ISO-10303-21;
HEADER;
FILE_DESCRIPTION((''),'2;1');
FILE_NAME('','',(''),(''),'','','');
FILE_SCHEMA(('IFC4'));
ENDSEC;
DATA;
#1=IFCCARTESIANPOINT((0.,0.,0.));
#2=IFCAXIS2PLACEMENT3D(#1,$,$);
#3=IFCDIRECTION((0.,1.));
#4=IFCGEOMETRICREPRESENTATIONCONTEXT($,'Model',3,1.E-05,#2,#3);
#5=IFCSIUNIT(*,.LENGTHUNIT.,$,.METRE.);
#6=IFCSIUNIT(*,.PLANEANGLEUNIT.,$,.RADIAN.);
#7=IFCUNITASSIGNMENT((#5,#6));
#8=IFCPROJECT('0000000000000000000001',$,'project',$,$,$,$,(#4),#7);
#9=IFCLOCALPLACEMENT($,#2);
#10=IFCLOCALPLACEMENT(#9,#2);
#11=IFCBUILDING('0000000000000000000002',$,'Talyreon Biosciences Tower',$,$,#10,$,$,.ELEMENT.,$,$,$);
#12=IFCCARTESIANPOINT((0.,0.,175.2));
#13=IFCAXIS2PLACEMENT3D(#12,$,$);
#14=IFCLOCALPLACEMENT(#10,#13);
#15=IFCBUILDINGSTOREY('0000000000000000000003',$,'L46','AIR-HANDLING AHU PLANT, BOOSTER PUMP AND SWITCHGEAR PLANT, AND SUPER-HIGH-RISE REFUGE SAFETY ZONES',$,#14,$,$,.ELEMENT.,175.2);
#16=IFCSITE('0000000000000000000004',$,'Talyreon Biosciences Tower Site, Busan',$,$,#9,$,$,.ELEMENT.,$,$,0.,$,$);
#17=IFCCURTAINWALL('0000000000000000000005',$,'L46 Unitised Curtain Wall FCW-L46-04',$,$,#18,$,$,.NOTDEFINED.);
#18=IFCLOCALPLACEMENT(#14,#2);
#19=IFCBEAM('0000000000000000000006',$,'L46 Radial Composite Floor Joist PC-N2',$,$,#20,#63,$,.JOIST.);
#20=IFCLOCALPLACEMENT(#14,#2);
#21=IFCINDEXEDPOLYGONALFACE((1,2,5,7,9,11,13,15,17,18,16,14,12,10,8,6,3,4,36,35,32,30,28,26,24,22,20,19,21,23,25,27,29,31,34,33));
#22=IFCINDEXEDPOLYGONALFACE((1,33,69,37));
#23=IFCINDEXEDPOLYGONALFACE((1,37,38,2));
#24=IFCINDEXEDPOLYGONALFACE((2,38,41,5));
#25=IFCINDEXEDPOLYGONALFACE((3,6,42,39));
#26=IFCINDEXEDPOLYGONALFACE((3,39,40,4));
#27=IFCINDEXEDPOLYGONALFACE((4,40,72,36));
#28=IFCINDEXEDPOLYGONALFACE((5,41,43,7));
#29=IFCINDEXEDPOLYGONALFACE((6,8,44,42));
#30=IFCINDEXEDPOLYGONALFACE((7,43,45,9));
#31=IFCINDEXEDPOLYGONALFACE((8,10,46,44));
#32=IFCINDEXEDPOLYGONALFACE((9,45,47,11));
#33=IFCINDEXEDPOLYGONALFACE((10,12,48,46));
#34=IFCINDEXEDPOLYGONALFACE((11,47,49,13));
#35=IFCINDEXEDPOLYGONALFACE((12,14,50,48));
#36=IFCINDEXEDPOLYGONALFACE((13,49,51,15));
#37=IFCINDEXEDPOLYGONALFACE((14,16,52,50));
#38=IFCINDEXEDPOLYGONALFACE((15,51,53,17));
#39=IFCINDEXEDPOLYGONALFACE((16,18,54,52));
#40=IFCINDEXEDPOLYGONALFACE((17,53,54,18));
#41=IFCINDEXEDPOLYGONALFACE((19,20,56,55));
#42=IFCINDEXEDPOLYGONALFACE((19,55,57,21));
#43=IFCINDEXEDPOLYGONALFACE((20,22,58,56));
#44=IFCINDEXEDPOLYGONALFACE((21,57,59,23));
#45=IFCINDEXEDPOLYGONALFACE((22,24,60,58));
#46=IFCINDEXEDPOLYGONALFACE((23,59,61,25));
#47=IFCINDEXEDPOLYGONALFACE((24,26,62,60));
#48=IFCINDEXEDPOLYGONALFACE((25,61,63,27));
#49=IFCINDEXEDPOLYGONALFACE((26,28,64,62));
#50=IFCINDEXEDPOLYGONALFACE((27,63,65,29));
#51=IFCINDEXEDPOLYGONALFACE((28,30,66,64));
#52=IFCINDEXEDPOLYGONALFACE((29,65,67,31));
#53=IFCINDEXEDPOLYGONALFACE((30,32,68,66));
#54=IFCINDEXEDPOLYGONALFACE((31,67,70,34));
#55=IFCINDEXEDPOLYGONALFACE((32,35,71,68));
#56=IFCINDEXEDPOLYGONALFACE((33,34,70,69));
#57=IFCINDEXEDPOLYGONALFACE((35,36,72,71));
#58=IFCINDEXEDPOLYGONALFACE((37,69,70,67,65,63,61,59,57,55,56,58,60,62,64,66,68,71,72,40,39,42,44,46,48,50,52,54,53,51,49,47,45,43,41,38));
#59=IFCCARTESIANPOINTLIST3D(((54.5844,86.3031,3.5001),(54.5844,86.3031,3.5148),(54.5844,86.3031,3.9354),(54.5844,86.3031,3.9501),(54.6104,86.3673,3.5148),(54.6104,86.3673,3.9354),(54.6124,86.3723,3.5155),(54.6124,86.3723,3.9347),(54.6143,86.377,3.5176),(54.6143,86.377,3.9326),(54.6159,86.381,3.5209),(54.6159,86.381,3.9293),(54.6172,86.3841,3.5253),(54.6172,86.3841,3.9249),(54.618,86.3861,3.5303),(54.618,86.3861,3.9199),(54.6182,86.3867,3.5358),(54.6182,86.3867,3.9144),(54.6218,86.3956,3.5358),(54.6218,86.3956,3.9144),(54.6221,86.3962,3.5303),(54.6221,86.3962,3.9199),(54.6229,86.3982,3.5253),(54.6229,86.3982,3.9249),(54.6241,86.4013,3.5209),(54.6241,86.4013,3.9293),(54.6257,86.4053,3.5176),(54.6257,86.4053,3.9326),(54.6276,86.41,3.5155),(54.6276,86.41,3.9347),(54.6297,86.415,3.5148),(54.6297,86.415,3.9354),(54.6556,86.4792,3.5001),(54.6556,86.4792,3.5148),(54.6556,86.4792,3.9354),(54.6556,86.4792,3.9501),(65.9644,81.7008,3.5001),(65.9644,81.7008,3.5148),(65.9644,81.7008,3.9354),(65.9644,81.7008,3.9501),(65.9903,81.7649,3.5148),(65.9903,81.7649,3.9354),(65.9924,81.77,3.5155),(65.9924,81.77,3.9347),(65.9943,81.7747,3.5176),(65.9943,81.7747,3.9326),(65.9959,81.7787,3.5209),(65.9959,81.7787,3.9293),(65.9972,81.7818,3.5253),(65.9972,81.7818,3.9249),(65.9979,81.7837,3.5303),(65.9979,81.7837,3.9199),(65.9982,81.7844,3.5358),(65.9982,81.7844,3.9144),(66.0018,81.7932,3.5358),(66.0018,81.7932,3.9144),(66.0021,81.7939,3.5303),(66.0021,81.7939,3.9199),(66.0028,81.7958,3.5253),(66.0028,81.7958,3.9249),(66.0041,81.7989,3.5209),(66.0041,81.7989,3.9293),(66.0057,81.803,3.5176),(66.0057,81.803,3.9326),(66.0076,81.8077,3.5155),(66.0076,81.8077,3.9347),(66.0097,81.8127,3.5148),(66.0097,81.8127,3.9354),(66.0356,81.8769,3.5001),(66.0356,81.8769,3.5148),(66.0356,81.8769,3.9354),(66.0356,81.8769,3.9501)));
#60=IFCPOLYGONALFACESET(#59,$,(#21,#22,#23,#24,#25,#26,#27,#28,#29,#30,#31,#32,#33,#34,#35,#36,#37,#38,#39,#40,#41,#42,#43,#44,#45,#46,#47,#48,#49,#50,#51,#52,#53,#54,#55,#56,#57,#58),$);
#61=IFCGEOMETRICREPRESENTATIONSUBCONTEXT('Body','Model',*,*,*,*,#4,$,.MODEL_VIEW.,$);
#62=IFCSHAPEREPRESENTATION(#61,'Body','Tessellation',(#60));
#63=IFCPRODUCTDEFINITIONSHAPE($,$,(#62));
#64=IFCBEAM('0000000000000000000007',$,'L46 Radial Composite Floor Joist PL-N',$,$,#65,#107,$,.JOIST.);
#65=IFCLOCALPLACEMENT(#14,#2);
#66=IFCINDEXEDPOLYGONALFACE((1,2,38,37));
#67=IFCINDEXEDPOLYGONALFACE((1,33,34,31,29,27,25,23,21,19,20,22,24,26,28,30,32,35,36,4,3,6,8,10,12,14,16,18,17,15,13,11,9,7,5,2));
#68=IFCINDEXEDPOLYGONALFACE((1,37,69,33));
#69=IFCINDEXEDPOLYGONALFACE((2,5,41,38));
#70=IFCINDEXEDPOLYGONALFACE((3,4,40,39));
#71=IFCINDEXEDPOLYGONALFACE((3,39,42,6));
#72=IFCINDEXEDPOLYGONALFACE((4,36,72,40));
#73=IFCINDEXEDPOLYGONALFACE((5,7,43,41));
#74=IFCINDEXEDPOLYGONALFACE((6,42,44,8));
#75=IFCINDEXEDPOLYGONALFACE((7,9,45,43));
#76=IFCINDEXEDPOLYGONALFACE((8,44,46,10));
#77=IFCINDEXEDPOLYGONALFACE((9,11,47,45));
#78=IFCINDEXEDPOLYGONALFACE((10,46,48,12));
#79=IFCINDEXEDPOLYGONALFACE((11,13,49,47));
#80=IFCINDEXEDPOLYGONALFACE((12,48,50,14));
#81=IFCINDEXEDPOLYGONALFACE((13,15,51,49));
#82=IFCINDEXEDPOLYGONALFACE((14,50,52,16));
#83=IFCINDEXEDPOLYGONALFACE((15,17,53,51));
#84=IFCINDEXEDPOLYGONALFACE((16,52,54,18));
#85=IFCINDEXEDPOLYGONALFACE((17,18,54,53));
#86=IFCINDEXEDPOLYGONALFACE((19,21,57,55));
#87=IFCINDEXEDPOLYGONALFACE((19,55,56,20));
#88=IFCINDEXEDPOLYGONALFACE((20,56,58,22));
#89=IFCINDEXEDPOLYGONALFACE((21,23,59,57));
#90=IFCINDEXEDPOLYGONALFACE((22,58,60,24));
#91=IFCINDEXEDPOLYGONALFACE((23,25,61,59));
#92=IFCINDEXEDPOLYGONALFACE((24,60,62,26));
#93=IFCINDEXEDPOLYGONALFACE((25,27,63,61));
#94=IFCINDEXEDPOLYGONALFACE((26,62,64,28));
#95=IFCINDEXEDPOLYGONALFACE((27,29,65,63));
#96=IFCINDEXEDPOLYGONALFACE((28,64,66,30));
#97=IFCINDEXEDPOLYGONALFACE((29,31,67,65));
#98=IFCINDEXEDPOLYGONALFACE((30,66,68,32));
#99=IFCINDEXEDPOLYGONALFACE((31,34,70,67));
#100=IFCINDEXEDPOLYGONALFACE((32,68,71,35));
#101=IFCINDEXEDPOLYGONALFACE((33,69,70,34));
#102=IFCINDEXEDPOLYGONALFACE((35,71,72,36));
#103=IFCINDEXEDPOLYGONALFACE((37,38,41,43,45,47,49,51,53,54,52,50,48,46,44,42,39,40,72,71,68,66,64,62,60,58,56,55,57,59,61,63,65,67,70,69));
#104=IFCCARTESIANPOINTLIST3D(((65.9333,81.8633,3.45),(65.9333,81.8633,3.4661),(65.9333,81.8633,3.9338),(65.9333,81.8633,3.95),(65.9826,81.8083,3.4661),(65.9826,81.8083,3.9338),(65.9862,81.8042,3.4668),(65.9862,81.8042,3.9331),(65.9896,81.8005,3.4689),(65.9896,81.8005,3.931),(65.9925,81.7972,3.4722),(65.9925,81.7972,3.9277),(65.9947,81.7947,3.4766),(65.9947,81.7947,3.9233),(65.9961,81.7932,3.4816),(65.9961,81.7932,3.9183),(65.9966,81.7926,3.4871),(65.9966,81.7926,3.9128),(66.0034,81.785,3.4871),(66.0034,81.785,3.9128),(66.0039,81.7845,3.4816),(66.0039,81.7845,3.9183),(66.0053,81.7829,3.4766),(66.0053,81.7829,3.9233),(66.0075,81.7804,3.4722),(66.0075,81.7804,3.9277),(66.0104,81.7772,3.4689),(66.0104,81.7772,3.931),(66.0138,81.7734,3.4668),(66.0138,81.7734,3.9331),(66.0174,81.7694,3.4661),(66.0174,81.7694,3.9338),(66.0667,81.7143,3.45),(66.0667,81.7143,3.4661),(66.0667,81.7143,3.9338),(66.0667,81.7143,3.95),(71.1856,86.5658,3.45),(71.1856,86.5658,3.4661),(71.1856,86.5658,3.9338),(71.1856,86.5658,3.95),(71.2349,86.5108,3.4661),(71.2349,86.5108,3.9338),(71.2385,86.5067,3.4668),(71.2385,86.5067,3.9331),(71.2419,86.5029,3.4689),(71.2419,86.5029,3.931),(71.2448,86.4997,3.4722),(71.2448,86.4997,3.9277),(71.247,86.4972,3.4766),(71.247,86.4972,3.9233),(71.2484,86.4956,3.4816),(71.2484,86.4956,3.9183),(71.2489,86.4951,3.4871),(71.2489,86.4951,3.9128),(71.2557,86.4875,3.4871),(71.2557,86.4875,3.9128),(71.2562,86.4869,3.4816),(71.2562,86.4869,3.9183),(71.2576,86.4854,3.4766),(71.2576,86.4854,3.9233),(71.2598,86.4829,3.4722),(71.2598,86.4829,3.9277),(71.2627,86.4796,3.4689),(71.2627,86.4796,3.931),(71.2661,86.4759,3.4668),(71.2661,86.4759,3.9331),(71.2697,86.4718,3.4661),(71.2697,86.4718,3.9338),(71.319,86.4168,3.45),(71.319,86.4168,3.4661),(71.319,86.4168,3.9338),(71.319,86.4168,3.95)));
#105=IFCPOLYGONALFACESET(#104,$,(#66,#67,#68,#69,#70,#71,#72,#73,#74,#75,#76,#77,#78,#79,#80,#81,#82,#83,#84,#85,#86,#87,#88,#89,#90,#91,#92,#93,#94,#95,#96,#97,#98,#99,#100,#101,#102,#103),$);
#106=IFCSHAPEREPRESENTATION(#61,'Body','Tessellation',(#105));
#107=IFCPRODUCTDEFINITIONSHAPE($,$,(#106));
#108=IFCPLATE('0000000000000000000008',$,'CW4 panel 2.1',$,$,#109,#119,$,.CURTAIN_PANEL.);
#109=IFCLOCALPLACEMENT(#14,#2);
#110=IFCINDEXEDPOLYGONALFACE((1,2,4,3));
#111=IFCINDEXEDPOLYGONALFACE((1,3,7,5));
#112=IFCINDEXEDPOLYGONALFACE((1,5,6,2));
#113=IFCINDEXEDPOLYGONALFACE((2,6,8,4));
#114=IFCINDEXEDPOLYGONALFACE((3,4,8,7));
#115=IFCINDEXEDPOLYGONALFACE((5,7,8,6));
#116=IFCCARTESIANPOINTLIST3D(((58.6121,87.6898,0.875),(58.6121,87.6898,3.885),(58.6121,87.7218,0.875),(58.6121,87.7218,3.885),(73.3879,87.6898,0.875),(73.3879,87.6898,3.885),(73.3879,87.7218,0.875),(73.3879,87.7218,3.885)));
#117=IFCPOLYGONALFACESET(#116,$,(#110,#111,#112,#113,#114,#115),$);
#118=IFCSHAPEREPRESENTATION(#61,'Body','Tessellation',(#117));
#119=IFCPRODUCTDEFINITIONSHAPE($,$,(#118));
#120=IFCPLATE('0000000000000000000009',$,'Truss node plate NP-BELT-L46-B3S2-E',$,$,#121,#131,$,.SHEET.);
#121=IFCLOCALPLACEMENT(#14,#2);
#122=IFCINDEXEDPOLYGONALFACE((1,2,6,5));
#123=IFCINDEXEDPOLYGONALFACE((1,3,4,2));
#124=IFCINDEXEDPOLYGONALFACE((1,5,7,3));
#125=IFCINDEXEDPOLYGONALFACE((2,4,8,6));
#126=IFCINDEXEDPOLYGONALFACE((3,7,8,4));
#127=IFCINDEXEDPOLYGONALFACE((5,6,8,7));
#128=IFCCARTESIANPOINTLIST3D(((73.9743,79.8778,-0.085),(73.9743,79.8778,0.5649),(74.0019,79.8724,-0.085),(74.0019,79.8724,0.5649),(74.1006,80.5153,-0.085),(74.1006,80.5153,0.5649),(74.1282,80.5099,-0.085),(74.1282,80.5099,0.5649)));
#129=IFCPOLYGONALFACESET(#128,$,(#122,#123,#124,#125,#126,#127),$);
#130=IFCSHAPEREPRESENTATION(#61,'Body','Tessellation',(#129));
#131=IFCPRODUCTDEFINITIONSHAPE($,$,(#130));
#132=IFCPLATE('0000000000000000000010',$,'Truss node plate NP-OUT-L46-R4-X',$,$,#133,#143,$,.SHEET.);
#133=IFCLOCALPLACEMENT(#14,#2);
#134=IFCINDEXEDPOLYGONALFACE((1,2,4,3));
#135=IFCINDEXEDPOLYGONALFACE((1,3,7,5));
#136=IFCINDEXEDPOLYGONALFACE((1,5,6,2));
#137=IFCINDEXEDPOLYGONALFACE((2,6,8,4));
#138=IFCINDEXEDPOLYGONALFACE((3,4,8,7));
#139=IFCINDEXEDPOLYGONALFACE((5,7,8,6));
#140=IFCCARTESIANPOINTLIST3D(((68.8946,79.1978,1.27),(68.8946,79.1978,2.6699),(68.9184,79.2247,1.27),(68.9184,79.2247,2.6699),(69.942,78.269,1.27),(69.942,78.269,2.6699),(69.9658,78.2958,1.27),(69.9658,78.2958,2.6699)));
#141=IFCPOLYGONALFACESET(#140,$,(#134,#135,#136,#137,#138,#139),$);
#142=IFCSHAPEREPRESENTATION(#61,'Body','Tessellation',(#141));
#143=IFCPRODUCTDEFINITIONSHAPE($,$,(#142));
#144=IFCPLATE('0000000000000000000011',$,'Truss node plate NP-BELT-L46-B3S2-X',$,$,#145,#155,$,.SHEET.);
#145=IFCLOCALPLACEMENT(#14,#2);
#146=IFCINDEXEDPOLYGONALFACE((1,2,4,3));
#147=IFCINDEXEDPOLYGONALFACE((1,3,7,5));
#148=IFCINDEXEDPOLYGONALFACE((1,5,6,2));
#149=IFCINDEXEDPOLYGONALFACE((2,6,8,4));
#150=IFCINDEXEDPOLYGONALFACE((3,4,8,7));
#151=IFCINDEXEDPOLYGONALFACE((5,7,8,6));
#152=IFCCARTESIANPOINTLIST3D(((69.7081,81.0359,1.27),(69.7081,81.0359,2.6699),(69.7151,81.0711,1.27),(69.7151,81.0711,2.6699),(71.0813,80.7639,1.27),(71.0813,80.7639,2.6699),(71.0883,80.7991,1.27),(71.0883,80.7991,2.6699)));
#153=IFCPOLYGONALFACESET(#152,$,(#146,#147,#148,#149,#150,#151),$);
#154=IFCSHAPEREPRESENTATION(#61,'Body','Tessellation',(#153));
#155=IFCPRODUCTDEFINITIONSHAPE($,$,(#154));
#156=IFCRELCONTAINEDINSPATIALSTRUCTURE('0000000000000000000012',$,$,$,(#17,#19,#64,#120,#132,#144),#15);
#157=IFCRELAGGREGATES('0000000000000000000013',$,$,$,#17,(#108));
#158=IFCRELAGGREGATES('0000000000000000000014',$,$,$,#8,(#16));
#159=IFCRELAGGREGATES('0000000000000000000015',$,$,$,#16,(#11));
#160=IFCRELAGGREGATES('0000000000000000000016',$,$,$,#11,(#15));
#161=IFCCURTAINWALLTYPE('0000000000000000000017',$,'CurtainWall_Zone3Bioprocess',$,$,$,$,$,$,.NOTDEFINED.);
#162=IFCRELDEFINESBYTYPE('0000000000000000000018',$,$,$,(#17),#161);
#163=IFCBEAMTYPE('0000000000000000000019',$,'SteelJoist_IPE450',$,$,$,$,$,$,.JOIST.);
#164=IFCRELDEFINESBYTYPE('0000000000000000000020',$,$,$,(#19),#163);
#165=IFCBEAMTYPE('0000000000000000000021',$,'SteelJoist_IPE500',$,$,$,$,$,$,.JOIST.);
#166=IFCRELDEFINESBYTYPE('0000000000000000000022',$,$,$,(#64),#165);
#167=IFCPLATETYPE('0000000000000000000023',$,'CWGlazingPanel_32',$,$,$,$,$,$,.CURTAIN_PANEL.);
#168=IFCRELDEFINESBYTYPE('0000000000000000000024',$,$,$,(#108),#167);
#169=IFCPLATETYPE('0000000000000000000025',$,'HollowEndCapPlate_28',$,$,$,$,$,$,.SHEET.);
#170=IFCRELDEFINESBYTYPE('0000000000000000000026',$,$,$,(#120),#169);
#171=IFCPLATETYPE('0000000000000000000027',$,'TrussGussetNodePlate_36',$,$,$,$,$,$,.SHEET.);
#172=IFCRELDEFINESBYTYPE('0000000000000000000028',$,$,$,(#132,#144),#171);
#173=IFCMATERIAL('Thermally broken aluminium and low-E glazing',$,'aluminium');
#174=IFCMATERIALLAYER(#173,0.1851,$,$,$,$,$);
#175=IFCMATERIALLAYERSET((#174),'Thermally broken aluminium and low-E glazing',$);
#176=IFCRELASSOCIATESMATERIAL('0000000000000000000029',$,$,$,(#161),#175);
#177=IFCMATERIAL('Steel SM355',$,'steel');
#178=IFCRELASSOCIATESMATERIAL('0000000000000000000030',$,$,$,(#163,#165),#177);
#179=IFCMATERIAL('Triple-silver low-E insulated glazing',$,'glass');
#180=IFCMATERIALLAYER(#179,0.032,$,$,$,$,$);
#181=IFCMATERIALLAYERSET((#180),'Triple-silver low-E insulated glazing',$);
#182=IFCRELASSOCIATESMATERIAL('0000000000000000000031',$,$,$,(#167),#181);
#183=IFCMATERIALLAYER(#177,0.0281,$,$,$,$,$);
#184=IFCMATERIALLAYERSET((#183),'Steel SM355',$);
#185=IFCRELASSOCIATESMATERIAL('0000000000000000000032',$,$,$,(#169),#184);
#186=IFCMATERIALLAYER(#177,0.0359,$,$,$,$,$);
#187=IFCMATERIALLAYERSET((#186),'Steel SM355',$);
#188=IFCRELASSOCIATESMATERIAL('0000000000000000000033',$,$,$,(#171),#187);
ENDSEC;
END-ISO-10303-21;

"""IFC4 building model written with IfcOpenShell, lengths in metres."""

from ifc_helpers import new_model, si_unit, direction, frame, origin, origin_2d, place, context, subcontext, project, spatial, rectangle, i_section, extrude, material, layer, layer_set, material_profile, profile_set, type_object, element, aggregate, save


model = new_model("IFC4")

# Units and contexts
model_context = context("Model", 3, precision=1e-05, world=origin(), true_north=direction((0.0, 1.0)))
body_context = subcontext(model_context, "Body", "Model", "MODEL_VIEW")
ifc_project = project(units=[si_unit("LENGTHUNIT", "METRE"), si_unit("PLANEANGLEUNIT", "RADIAN")], contexts=[model_context])

# Site, building, storey
site_placement = place(None, origin())
site = spatial("IfcSite", under=ifc_project, at=site_placement, Name="Talyreon Biosciences Tower Site, Busan", CompositionType="ELEMENT", RefElevation=0.0)
building_placement = place(site_placement, origin())
building = spatial("IfcBuilding", under=site, at=building_placement, Name="Talyreon Biosciences Tower", CompositionType="ELEMENT")
storey_placement = place(building_placement, frame((0.0, 0.0, 175.2)))
storey = spatial("IfcBuildingStorey", under=building, at=storey_placement, Name="L46", Description="AIR-HANDLING AHU PLANT, BOOSTER PUMP AND SWITCHGEAR PLANT, AND SUPER-HIGH-RISE REFUGE SAFETY ZONES", CompositionType="ELEMENT", Elevation=175.2)

# Shared definitions
ifc_material_1 = material(Name="Steel SM355", Category="steel")

# Curtain wall
ifc_material_2 = material(Name="Thermally broken aluminium and low-E glazing", Category="aluminium")
ifc_layer_1 = layer(ifc_material_2, 0.1851)
ifc_layer_set_1 = layer_set([ifc_layer_1], Name="Thermally broken aluminium and low-E glazing")
curtain_wall_type = type_object("IfcCurtainWallType", Name="CurtainWall_Zone3Bioprocess", PredefinedType="NOTDEFINED", material=ifc_layer_set_1)
curtain_wall_placement = place(storey_placement, origin())
curtain_wall = element("IfcCurtainWall", 1, at=curtain_wall_placement, inside=storey, type_object=curtain_wall_type, Name="L46 Unitised Curtain Wall FCW-L46-04", PredefinedType="NOTDEFINED")

# Beams
ifc_material_profile_1 = material_profile(ifc_material_1, i_section(OverallWidth=0.1899, OverallDepth=0.45, WebThickness=0.0095, FlangeThickness=0.0146, FilletRadius=0.021, at=origin_2d()), Name="IPE450")
ifc_profile_set_1 = profile_set([ifc_material_profile_1], Name="Steel SM355")
beam_type_1 = type_object("IfcBeamType", Name="SteelJoist_IPE450", PredefinedType="JOIST", material=ifc_profile_set_1)
for number, where, z_axis, x_axis, name in (
    (2, (66.0, 81.7888, 3.7251), (-0.927056, 0.374923, 0.0), (-0.374923, -0.927056, 0.0), "L46 Radial Composite Floor Joist PC-N2"),
):
    element("IfcBeam", number, at=place(storey_placement, frame(where, z_axis=z_axis, x_axis=x_axis)), inside=storey, type_object=beam_type_1, Name=name, PredefinedType="JOIST", context=body_context, shape_type="SweptSolid", body=[
        extrude(i_section(OverallWidth=0.1899, OverallDepth=0.45, WebThickness=0.0095, FlangeThickness=0.0146, FilletRadius=0.021, at=origin_2d()), origin(), (0.0, 0.0, 1.0), 12.2754),
    ])
ifc_material_profile_2 = material_profile(ifc_material_1, i_section(OverallWidth=0.2, OverallDepth=0.5, WebThickness=0.0103, FlangeThickness=0.0161, FilletRadius=0.021, at=origin_2d()), Name="IPE500")
ifc_profile_set_2 = profile_set([ifc_material_profile_2], Name="Steel SM355")
beam_type_2 = type_object("IfcBeamType", Name="SteelJoist_IPE500", PredefinedType="JOIST", material=ifc_profile_set_2)
beam_1_placement = place(storey_placement, frame((66.0, 81.7888, 3.7), z_axis=(0.745026, 0.667036, 0.0), x_axis=(-0.667036, 0.745026, 0.0)))
element("IfcBeam", 3, at=beam_1_placement, inside=storey, type_object=beam_type_2, Name="L46 Radial Composite Floor Joist PL-N", PredefinedType="JOIST", context=body_context, shape_type="SweptSolid", body=[
    extrude(i_section(OverallWidth=0.2, OverallDepth=0.5, WebThickness=0.0103, FlangeThickness=0.0161, FilletRadius=0.021, at=origin_2d()), origin(), (0.0, 0.0, 1.0), 7.0498),
])

# Plate
ifc_material_3 = material(Name="Triple-silver low-E insulated glazing", Category="glass")
ifc_layer_2 = layer(ifc_material_3, 0.032)
ifc_layer_set_2 = layer_set([ifc_layer_2], Name="Triple-silver low-E insulated glazing")
plate_type_1 = type_object("IfcPlateType", Name="CWGlazingPanel_32", PredefinedType="CURTAIN_PANEL", material=ifc_layer_set_2)
plate_1_placement = place(storey_placement, frame((66.0, 87.7058, 0.875), z_axis=(0.0, 0.0, 1.0), x_axis=(1.0, 0.0, 0.0)))
plate_1 = element("IfcPlate", 4, at=plate_1_placement, type_object=plate_type_1, Name="CW4 panel 2.1", PredefinedType="CURTAIN_PANEL", context=body_context, shape_type="SweptSolid", body=[
    extrude(rectangle(XDim=14.7759, YDim=0.032, at=origin_2d()), origin(), (0.0, 0.0, 1.0), 3.01),
])
aggregate(curtain_wall, [plate_1])

# Plates
ifc_layer_3 = layer(ifc_material_1, 0.0281)
ifc_layer_set_3 = layer_set([ifc_layer_3], Name="Steel SM355")
plate_type_2 = type_object("IfcPlateType", Name="HollowEndCapPlate_28", PredefinedType="SHEET", material=ifc_layer_set_3)
plate_2_placement = place(storey_placement, frame((74.0513, 80.1938, -0.085), z_axis=(0.0, 0.0, 1.0), x_axis=(-0.194337, -0.980935, 0.0)))
element("IfcPlate", 5, at=plate_2_placement, inside=storey, type_object=plate_type_2, Name="Truss node plate NP-BELT-L46-B3S2-E", PredefinedType="SHEET", context=body_context, shape_type="SweptSolid", body=[
    extrude(rectangle(XDim=0.6499, YDim=0.0281, at=origin_2d()), origin(), (0.0, 0.0, 1.0), 0.6499),
])
ifc_layer_4 = layer(ifc_material_1, 0.0359)
ifc_layer_set_4 = layer_set([ifc_layer_4], Name="Steel SM355")
plate_type_3 = type_object("IfcPlateType", Name="TrussGussetNodePlate_36", PredefinedType="SHEET", material=ifc_layer_set_4)
for number, where, z_axis, x_axis, name in (
    (6, (69.4302, 78.7468, 1.27), (0.0, 0.0, 1.0), (-0.74818, 0.663495, 0.0), "Truss node plate NP-OUT-L46-R4-X"),
    (7, (70.3982, 80.9175, 1.27), (0.0, 0.0, 1.0), (-0.980935, 0.194337, 0.0), "Truss node plate NP-BELT-L46-B3S2-X"),
):
    element("IfcPlate", number, at=place(storey_placement, frame(where, z_axis=z_axis, x_axis=x_axis)), inside=storey, type_object=plate_type_3, Name=name, PredefinedType="SHEET", context=body_context, shape_type="SweptSolid", body=[
        extrude(rectangle(XDim=1.3999, YDim=0.0359, at=origin_2d()), origin(), (0.0, 0.0, 1.0), 1.3999),
    ])

save(model, "model.ifc")
